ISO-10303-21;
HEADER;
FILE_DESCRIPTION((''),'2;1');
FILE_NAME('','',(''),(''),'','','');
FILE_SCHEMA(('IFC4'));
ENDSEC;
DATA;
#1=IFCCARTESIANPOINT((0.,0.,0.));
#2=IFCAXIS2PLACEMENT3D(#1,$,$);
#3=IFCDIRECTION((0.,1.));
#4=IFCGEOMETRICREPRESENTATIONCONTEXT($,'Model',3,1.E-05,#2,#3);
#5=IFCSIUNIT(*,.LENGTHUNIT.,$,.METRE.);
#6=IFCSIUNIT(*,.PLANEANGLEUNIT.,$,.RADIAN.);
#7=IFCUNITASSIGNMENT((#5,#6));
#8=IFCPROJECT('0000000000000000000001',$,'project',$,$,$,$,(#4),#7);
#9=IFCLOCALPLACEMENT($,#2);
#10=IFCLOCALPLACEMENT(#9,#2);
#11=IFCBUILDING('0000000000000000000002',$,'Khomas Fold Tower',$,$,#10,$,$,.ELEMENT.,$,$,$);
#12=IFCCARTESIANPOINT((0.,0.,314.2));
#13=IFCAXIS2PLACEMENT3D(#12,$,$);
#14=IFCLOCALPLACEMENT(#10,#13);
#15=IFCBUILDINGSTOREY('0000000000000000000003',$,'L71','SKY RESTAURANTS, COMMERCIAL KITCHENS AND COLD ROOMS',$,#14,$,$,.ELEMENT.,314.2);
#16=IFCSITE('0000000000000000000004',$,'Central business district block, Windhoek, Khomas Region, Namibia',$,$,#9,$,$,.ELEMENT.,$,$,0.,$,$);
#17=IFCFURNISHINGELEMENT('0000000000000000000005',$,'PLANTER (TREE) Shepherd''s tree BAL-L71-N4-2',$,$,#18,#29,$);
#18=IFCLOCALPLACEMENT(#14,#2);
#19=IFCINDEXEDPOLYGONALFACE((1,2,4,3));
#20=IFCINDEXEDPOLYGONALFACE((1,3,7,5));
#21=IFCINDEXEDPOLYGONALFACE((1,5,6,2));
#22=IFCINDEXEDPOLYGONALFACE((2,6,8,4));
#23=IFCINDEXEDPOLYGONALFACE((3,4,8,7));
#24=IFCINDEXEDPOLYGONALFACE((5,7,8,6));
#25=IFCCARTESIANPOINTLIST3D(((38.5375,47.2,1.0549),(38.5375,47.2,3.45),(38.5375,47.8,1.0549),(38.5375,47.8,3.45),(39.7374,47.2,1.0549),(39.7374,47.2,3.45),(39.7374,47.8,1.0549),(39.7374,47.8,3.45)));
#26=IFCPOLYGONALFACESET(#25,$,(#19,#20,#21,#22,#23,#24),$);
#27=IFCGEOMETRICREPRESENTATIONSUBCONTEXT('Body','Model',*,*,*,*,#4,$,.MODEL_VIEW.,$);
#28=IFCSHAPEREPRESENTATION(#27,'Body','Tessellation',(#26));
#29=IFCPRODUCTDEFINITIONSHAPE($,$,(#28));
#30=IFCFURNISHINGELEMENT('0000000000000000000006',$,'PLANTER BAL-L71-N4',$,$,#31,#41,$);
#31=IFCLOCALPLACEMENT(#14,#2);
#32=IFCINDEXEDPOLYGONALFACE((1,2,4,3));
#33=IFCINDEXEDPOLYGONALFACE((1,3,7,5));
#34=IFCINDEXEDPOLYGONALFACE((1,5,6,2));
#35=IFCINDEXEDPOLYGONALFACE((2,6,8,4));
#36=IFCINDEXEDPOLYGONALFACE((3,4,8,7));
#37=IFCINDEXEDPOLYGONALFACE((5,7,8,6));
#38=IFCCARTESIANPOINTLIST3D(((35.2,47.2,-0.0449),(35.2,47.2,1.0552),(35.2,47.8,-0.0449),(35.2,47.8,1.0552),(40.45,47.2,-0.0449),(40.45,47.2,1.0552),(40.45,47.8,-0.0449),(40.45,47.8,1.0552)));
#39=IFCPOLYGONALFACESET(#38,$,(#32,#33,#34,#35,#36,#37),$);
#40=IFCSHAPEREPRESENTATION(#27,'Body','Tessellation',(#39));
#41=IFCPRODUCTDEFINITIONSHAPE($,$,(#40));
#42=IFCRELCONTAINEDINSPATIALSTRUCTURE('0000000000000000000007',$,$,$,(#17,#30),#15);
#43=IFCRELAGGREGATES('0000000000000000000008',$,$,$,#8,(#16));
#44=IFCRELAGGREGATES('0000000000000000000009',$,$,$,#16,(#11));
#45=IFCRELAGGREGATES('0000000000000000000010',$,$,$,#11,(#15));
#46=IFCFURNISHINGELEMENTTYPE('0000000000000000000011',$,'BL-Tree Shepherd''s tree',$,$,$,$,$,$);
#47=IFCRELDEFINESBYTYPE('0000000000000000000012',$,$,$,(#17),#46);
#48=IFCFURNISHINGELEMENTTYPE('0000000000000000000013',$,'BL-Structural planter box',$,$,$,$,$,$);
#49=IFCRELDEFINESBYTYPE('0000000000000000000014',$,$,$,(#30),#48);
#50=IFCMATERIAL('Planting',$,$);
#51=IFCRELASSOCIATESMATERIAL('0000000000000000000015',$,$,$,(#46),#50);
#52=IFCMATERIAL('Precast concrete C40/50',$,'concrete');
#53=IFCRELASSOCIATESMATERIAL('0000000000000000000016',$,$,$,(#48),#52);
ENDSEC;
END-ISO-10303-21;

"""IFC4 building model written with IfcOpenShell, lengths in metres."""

from ifc_helpers import new_model, si_unit, direction, frame, origin, origin_2d, place, context, subcontext, project, spatial, rectangle, extrude, source, transform, mapped, material, type_object, element, save


model = new_model("IFC4")

# Units and contexts
model_context = context("Model", 3, precision=1e-05, world=origin(), true_north=direction((0.0, 1.0)))
body_context = subcontext(model_context, "Body", "Model", "MODEL_VIEW")
ifc_project = project(units=[si_unit("LENGTHUNIT", "METRE"), si_unit("PLANEANGLEUNIT", "RADIAN")], contexts=[model_context])

# Site, building, storey
site_placement = place(None, origin())
site = spatial("IfcSite", under=ifc_project, at=site_placement, Name="Central business district block, Windhoek, Khomas Region, Namibia", CompositionType="ELEMENT", RefElevation=0.0)
building_placement = place(site_placement, origin())
building = spatial("IfcBuilding", under=site, at=building_placement, Name="Khomas Fold Tower", CompositionType="ELEMENT")
storey_placement = place(building_placement, frame((0.0, 0.0, 314.2)))
storey = spatial("IfcBuildingStorey", under=building, at=storey_placement, Name="L71", Description="SKY RESTAURANTS, COMMERCIAL KITCHENS AND COLD ROOMS", CompositionType="ELEMENT", Elevation=314.2)

# Furnishing elements
shared_shape_1 = source(origin(), body_context, "Body", "SweptSolid", [
    extrude(rectangle(XDim=1.2, YDim=0.6001, at=origin_2d()), origin(), (0.0, 0.0, 1.0), 2.395),
])
ifc_material_1 = material(Name="Planting")
furnishing_element_type_1 = type_object("IfcFurnishingElementType", Name="BL-Tree Shepherd's tree", material=ifc_material_1)
furnishing_1_placement = place(storey_placement, frame((39.1375, 47.5, 1.0549), z_axis=(0.0, 0.0, 1.0), x_axis=(1.0, 0.0, 0.0)))
element("IfcFurnishingElement", 1, at=furnishing_1_placement, inside=storey, type_object=furnishing_element_type_1, Name="PLANTER (TREE) Shepherd's tree BAL-L71-N4-2", context=body_context, shape_type="MappedRepresentation", body=[
    mapped(shared_shape_1, transform((0.0, 0.0, 0.0))),
])
ifc_material_2 = material(Name="Precast concrete C40/50", Category="concrete")
furnishing_element_type_2 = type_object("IfcFurnishingElementType", Name="BL-Structural planter box", material=ifc_material_2)
shared_shape_2 = source(origin(), body_context, "Body", "SweptSolid", [
    extrude(rectangle(XDim=5.25, YDim=0.6001, at=origin_2d()), origin(), (0.0, 0.0, 1.0), 1.1001),
])
furnishing_2_placement = place(storey_placement, frame((37.825, 47.5, -0.0449), z_axis=(0.0, 0.0, 1.0), x_axis=(1.0, 0.0, 0.0)))
element("IfcFurnishingElement", 2, at=furnishing_2_placement, inside=storey, type_object=furnishing_element_type_2, Name="PLANTER BAL-L71-N4", context=body_context, shape_type="MappedRepresentation", body=[
    mapped(shared_shape_2, transform((0.0, 0.0, 0.0))),
])

save(model, "model.ifc")
